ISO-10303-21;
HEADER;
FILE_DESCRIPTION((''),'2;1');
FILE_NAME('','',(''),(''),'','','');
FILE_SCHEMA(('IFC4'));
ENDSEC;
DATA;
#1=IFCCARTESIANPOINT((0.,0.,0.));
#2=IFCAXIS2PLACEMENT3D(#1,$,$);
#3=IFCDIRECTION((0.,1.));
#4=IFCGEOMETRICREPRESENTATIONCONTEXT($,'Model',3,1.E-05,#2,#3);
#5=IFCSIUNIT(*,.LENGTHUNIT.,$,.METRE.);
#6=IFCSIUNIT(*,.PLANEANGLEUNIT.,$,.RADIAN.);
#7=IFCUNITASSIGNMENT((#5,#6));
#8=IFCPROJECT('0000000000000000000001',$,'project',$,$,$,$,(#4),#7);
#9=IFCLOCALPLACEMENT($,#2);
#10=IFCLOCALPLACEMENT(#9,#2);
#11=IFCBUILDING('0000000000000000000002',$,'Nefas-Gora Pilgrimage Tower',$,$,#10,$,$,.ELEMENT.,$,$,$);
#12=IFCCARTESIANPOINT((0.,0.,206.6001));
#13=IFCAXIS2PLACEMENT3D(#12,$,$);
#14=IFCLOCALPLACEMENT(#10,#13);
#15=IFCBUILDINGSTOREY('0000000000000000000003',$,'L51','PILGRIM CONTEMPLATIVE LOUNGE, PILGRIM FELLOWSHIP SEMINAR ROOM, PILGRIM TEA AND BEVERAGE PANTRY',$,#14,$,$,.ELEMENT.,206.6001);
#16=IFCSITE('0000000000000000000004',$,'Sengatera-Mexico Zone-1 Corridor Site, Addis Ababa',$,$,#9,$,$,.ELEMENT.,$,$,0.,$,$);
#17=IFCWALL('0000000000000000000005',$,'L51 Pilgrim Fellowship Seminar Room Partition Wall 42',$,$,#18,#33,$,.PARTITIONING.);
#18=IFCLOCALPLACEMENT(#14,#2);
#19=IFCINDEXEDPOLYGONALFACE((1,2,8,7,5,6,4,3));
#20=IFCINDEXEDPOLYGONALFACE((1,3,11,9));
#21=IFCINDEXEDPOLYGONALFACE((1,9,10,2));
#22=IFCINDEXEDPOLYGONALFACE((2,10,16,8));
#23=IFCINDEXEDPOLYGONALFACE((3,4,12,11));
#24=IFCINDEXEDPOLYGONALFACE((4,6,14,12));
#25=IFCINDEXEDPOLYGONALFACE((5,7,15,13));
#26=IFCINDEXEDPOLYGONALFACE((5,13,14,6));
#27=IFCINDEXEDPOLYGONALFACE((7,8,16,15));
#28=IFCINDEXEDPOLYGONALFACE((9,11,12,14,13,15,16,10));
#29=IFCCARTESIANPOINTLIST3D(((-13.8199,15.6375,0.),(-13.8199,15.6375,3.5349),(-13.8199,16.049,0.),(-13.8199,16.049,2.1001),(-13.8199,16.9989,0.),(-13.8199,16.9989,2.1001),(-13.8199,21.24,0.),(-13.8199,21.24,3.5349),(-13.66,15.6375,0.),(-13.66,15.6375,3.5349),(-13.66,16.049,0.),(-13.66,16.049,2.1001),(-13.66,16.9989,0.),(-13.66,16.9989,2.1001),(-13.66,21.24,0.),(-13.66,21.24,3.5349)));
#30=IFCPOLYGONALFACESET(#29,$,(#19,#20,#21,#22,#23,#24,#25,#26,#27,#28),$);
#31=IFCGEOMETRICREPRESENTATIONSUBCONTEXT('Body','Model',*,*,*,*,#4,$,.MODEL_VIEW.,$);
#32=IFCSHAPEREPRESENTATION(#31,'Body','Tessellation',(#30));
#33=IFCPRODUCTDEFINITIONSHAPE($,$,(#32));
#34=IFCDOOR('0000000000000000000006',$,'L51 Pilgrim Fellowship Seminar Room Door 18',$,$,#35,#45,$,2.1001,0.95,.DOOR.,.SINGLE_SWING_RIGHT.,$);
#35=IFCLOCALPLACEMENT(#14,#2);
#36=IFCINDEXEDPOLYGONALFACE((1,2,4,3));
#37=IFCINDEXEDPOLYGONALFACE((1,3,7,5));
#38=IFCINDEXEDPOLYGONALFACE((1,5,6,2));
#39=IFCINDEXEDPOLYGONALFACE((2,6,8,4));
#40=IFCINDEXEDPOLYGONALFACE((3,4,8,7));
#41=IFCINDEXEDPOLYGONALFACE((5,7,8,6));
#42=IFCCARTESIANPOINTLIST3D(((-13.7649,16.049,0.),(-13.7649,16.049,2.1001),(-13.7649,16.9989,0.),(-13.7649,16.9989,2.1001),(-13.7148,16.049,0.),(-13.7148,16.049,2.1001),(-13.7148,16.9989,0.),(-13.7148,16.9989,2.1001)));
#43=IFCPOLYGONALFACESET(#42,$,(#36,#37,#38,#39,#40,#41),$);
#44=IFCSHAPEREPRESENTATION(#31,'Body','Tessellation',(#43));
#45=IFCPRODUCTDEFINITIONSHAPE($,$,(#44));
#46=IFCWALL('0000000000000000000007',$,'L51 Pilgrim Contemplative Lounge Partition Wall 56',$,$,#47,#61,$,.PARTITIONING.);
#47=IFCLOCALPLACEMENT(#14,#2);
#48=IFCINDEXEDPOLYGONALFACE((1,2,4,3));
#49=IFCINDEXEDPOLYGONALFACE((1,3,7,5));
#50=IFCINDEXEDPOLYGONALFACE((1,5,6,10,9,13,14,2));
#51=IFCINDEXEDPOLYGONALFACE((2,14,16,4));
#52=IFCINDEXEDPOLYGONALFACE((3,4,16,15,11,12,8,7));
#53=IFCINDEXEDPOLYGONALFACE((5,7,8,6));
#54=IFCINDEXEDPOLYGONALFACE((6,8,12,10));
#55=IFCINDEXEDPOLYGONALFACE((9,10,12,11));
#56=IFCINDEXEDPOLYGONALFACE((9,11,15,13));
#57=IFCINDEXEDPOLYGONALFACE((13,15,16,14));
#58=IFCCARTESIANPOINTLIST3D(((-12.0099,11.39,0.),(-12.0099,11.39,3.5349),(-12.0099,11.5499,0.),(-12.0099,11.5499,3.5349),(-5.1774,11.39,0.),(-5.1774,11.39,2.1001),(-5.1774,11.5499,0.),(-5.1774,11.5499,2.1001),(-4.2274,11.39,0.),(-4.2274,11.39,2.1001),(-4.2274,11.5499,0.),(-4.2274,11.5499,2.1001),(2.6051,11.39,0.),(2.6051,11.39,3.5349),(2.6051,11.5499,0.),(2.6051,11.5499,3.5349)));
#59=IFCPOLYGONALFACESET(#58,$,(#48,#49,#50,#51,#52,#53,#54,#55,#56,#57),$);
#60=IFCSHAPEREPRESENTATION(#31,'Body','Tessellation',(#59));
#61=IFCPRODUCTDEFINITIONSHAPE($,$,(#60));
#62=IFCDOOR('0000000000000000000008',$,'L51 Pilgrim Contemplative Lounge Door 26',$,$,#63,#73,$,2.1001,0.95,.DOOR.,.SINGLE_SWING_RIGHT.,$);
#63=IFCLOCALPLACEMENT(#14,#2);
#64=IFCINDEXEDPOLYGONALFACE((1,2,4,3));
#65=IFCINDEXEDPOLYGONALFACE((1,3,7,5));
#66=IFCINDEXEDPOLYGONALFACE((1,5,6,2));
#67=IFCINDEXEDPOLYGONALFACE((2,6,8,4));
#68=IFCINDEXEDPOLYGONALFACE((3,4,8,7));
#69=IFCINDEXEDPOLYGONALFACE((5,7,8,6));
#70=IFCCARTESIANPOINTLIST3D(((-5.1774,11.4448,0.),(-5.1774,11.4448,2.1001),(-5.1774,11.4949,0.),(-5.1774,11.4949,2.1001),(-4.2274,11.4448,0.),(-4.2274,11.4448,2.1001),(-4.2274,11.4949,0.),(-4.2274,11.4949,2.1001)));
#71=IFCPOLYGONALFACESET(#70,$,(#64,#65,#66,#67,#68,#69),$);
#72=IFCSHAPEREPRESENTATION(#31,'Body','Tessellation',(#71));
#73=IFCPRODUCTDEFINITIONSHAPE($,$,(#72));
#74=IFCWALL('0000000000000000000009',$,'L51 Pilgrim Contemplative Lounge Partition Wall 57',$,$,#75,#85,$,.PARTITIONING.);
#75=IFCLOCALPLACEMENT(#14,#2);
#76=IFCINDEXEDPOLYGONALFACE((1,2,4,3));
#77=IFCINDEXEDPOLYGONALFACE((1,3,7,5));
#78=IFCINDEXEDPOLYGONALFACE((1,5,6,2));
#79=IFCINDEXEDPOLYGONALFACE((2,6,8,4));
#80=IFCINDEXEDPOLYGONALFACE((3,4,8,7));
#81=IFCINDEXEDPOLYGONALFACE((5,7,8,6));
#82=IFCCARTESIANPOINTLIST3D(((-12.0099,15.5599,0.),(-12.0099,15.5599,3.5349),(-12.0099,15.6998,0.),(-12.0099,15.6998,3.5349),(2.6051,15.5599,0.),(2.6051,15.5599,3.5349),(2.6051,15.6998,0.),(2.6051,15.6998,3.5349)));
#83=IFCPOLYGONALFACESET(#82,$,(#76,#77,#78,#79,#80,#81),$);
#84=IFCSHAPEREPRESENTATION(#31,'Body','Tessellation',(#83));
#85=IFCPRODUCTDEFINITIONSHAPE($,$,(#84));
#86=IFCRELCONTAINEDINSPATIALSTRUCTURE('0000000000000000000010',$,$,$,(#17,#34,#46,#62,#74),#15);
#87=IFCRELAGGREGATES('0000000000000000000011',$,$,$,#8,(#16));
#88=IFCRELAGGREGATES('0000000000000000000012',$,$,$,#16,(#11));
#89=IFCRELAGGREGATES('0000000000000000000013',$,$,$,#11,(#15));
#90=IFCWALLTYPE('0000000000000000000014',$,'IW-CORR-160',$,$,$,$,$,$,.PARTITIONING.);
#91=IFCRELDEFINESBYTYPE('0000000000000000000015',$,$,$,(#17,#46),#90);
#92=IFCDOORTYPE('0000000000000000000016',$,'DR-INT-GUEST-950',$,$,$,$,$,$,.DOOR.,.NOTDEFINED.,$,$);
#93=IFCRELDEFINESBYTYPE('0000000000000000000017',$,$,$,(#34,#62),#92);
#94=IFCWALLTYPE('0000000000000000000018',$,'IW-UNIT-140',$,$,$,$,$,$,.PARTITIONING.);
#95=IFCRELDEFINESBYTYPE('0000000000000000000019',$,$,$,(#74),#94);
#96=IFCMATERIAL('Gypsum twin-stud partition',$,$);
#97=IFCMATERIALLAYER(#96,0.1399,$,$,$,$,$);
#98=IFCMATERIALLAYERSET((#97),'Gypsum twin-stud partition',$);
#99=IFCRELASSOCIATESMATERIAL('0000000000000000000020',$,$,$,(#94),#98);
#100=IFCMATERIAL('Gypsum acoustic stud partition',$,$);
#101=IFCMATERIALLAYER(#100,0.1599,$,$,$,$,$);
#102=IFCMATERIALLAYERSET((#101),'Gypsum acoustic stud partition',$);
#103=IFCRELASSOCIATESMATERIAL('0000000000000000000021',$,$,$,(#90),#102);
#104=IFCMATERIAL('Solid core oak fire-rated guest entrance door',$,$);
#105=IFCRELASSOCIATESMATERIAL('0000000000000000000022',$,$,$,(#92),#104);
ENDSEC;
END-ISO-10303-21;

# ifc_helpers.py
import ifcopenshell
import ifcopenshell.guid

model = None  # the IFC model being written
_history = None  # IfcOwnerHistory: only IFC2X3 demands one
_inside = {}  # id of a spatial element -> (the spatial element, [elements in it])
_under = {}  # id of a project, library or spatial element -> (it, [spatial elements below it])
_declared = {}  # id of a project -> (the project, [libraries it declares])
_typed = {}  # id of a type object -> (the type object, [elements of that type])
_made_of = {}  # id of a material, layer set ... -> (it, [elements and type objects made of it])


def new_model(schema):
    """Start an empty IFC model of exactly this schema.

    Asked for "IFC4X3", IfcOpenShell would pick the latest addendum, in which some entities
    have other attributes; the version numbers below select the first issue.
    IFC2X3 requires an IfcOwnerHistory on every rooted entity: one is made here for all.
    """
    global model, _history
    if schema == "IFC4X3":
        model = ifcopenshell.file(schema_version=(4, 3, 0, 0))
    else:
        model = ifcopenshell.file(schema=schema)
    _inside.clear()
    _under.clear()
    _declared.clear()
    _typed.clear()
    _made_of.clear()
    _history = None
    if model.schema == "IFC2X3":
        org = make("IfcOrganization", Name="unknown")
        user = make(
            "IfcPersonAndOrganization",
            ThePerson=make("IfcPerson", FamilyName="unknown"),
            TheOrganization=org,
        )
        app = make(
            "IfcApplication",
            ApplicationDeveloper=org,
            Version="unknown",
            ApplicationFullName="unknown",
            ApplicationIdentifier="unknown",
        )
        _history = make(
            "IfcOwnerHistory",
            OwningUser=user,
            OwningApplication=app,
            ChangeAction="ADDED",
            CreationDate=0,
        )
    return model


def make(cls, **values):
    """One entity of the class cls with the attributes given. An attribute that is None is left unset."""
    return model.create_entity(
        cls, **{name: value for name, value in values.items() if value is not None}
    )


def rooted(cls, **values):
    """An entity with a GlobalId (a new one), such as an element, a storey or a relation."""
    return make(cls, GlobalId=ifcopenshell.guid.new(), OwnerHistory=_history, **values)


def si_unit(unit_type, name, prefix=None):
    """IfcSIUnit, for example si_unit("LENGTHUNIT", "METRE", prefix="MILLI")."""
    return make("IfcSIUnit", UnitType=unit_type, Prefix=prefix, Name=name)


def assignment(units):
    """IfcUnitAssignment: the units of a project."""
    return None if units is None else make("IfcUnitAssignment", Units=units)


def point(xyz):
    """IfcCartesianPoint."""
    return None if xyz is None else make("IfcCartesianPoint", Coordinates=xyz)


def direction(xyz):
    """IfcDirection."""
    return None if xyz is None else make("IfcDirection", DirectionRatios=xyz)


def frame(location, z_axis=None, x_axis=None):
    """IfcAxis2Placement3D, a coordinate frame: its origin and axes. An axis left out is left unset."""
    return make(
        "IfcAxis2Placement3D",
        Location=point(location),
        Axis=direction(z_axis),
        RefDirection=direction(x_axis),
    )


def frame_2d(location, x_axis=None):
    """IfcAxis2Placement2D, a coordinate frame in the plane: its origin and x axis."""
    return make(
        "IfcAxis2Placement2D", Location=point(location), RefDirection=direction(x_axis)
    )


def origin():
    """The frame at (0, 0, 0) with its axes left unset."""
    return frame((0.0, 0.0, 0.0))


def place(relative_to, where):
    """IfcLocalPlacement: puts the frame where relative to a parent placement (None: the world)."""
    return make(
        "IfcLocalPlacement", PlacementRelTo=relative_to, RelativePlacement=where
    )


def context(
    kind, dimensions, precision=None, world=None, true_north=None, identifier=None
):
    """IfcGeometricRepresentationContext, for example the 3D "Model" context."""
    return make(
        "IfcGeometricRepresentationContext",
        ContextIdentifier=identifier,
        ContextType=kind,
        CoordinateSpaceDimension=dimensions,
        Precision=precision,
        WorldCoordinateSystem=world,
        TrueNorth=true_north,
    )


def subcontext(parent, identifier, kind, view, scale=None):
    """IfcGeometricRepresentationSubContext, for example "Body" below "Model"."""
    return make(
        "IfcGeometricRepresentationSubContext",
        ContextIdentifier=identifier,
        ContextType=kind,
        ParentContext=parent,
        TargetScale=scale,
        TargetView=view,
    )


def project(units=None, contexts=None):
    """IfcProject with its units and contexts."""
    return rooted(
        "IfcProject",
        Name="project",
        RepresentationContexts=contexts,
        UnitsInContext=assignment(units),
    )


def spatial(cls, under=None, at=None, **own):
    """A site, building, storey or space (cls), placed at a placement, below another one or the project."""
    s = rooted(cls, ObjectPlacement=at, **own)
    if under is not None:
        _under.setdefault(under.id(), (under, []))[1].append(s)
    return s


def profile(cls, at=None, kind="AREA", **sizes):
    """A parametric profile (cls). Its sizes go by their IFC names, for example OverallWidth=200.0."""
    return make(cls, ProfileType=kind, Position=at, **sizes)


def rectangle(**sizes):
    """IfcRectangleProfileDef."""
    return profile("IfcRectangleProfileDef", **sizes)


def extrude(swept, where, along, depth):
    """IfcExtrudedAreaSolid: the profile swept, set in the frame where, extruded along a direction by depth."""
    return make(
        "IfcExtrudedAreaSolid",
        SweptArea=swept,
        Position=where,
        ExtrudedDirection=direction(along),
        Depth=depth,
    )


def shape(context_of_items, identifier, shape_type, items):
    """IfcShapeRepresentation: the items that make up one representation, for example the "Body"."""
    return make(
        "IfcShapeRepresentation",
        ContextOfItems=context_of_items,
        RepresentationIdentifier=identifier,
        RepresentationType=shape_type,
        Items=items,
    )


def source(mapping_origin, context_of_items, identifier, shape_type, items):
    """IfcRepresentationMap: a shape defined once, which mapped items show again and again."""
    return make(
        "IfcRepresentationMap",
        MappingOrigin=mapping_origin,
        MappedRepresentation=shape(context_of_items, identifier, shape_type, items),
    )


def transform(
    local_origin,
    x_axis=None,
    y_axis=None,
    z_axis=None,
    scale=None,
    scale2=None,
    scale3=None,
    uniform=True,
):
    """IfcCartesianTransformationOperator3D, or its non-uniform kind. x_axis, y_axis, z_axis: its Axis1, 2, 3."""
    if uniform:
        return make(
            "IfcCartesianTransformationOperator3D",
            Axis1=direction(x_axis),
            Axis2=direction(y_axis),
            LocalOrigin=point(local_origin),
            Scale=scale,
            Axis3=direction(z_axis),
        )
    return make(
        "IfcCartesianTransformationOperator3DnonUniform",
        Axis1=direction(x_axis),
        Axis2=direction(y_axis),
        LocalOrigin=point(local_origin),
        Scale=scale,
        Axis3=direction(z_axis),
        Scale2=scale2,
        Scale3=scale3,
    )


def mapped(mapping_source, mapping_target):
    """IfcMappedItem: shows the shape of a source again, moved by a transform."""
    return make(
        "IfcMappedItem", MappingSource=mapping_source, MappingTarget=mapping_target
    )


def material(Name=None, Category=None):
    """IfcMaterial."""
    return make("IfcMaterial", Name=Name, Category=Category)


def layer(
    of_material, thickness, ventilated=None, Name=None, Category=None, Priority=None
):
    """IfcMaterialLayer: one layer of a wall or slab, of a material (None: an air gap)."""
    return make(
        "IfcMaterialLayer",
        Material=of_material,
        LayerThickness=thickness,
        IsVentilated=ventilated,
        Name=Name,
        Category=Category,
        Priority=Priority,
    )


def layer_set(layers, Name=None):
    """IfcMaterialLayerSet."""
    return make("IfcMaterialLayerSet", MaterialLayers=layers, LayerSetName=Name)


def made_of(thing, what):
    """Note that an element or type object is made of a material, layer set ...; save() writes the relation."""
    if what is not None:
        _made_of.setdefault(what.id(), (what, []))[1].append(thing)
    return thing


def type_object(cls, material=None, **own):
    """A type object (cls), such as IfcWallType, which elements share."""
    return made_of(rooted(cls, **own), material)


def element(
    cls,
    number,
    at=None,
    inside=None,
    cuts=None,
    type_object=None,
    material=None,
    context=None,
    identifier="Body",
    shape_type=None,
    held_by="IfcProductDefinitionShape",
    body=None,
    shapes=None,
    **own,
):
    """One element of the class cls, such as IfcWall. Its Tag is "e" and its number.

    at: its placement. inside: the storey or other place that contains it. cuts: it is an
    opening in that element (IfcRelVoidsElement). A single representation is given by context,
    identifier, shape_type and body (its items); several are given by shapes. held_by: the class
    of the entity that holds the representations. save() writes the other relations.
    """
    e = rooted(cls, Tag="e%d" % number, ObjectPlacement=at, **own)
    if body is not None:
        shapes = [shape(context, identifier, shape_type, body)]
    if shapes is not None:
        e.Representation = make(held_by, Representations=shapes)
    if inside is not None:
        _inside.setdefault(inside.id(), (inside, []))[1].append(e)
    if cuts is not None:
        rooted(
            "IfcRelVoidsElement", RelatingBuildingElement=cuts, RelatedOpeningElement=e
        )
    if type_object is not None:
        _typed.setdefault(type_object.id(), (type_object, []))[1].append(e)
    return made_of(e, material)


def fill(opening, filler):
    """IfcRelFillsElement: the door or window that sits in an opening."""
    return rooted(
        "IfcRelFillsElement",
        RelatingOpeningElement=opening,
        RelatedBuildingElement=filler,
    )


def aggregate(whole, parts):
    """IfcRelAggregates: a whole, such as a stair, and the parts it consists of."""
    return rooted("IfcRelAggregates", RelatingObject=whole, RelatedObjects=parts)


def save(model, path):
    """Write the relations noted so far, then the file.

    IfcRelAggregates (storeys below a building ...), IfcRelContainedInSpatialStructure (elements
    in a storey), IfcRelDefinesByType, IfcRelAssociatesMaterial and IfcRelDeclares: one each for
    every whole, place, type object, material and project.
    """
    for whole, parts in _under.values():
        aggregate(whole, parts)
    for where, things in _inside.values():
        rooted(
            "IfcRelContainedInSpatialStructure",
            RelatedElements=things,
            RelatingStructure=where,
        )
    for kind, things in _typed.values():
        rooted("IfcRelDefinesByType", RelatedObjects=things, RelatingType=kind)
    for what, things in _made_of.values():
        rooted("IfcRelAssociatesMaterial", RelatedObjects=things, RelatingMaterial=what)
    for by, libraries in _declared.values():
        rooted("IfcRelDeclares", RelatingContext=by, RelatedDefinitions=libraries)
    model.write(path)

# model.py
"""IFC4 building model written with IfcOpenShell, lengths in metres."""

from ifc_helpers import new_model, si_unit, direction, frame, frame_2d, origin, place, context, subcontext, project, spatial, rectangle, extrude, source, transform, mapped, material, layer, layer_set, type_object, element, fill, save


model = new_model("IFC4")

# Units and contexts
model_context = context("Model", 3, precision=1e-05, world=origin(), true_north=direction((0.0, 1.0)))
body_context = subcontext(model_context, "Body", "Model", "MODEL_VIEW")
ifc_project = project(units=[si_unit("LENGTHUNIT", "METRE"), si_unit("PLANEANGLEUNIT", "RADIAN")], contexts=[model_context])

# Site, building, storey
site_placement = place(None, origin())
site = spatial("IfcSite", under=ifc_project, at=site_placement, Name="Sengatera-Mexico Zone-1 Corridor Site, Addis Ababa", CompositionType="ELEMENT", RefElevation=0.0)
building_placement = place(site_placement, origin())
building = spatial("IfcBuilding", under=site, at=building_placement, Name="Nefas-Gora Pilgrimage Tower", CompositionType="ELEMENT")
storey_placement = place(building_placement, frame((0.0, 0.0, 206.6001)))
storey = spatial("IfcBuildingStorey", under=building, at=storey_placement, Name="L51", Description="PILGRIM CONTEMPLATIVE LOUNGE, PILGRIM FELLOWSHIP SEMINAR ROOM, PILGRIM TEA AND BEVERAGE PANTRY", CompositionType="ELEMENT", Elevation=206.6001)

# Shared definitions
ifc_material_1 = material(Name="Gypsum twin-stud partition")
ifc_layer_1 = layer(ifc_material_1, 0.1399)
ifc_layer_set_1 = layer_set([ifc_layer_1], Name="Gypsum twin-stud partition")
wall_type_1 = type_object("IfcWallType", Name="IW-UNIT-140", PredefinedType="PARTITIONING", material=ifc_layer_set_1)

# Walls, openings, doors
ifc_material_2 = material(Name="Gypsum acoustic stud partition")
ifc_layer_2 = layer(ifc_material_2, 0.1599)
ifc_layer_set_2 = layer_set([ifc_layer_2], Name="Gypsum acoustic stud partition")
wall_type_2 = type_object("IfcWallType", Name="IW-CORR-160", PredefinedType="PARTITIONING", material=ifc_layer_set_2)
ifc_material_3 = material(Name="Solid core oak fire-rated guest entrance door")
door_type_1 = type_object("IfcDoorType", Name="DR-INT-GUEST-950", OperationType="NOTDEFINED", PredefinedType="DOOR", material=ifc_material_3)
shared_shape_1 = source(origin(), body_context, "Body", "SweptSolid", [
    extrude(rectangle(XDim=0.95, YDim=2.1001, at=frame_2d((0.4751, 1.05))), frame((0.0, 0.0249, 0.0), z_axis=(0.0, -1.0, 0.0), x_axis=(1.0, 0.0, 0.0)), (0.0, 0.0, 1.0), 0.05),
])
shared_shape_2 = source(origin(), body_context, "Body", "SweptSolid", [
    extrude(rectangle(XDim=5.6025, YDim=0.1599, at=frame_2d((2.8013, 0.0))), origin(), (0.0, 0.0, 1.0), 3.5349),
])
wall_1_placement = place(storey_placement, frame((-13.74, 15.6375, 0.0), z_axis=(0.0, 0.0, 1.0), x_axis=(0.0, 1.0, 0.0)))
wall_1 = element("IfcWall", 1, at=wall_1_placement, inside=storey, type_object=wall_type_2, Name="L51 Pilgrim Fellowship Seminar Room Partition Wall 42", PredefinedType="PARTITIONING", context=body_context, shape_type="MappedRepresentation", body=[
    mapped(shared_shape_2, transform((0.0, 0.0, 0.0), x_axis=(1.0, 0.0, 0.0), y_axis=(0.0, 1.0, 0.0), z_axis=(0.0, 0.0, 1.0), scale=1.0)),
])
opening_1_placement = place(wall_1_placement, frame((0.4114, 0.0, 0.0)))
opening_1 = element("IfcOpeningElement", 2, at=opening_1_placement, cuts=wall_1, PredefinedType="OPENING", context=body_context, shape_type="SweptSolid", body=[
    extrude(rectangle(XDim=0.95, YDim=2.1001, at=frame_2d((0.4751, 1.05))), frame((0.0, 0.0898, 0.0), z_axis=(0.0, -1.0, 0.0), x_axis=(1.0, 0.0, 0.0)), (0.0, 0.0, 1.0), 0.1799),
])
door_1_placement = place(opening_1_placement, origin())
door_1 = element("IfcDoor", 3, at=door_1_placement, inside=storey, type_object=door_type_1, Name="L51 Pilgrim Fellowship Seminar Room Door 18", OperationType="SINGLE_SWING_RIGHT", OverallHeight=2.1001, OverallWidth=0.95, PredefinedType="DOOR", context=body_context, shape_type="MappedRepresentation", body=[
    mapped(shared_shape_1, transform((0.0, 0.0, 0.0), x_axis=(1.0, 0.0, 0.0), y_axis=(0.0, 1.0, 0.0), z_axis=(0.0, 0.0, 1.0), scale=1.0)),
])
fill(opening_1, door_1)
shared_shape_3 = source(origin(), body_context, "Body", "SweptSolid", [
    extrude(rectangle(XDim=14.615, YDim=0.1599, at=frame_2d((7.3076, 0.0))), origin(), (0.0, 0.0, 1.0), 3.5349),
])
wall_2_placement = place(storey_placement, frame((-12.01, 11.47, 0.0), z_axis=(0.0, 0.0, 1.0), x_axis=(1.0, 0.0, 0.0)))
wall_2 = element("IfcWall", 4, at=wall_2_placement, inside=storey, type_object=wall_type_2, Name="L51 Pilgrim Contemplative Lounge Partition Wall 56", PredefinedType="PARTITIONING", context=body_context, shape_type="MappedRepresentation", body=[
    mapped(shared_shape_3, transform((0.0, 0.0, 0.0), x_axis=(1.0, 0.0, 0.0), y_axis=(0.0, 1.0, 0.0), z_axis=(0.0, 0.0, 1.0), scale=1.0)),
])
opening_2_placement = place(wall_2_placement, frame((6.8325, 0.0, 0.0)))
opening_2 = element("IfcOpeningElement", 5, at=opening_2_placement, cuts=wall_2, PredefinedType="OPENING", context=body_context, shape_type="SweptSolid", body=[
    extrude(rectangle(XDim=0.95, YDim=2.1001, at=frame_2d((0.4751, 1.05))), frame((0.0, 0.0898, 0.0), z_axis=(0.0, -1.0, 0.0), x_axis=(1.0, 0.0, 0.0)), (0.0, 0.0, 1.0), 0.1799),
])
door_2_placement = place(opening_2_placement, origin())
door_2 = element("IfcDoor", 6, at=door_2_placement, inside=storey, type_object=door_type_1, Name="L51 Pilgrim Contemplative Lounge Door 26", OperationType="SINGLE_SWING_RIGHT", OverallHeight=2.1001, OverallWidth=0.95, PredefinedType="DOOR", context=body_context, shape_type="MappedRepresentation", body=[
    mapped(shared_shape_1, transform((0.0, 0.0, 0.0), x_axis=(1.0, 0.0, 0.0), y_axis=(0.0, 1.0, 0.0), z_axis=(0.0, 0.0, 1.0), scale=1.0)),
])
fill(opening_2, door_2)

# Wall
shared_shape_4 = source(origin(), body_context, "Body", "SweptSolid", [
    extrude(rectangle(XDim=14.615, YDim=0.1399, at=frame_2d((7.3076, 0.0))), origin(), (0.0, 0.0, 1.0), 3.5349),
])
wall_3_placement = place(storey_placement, frame((-12.01, 15.6299, 0.0), z_axis=(0.0, 0.0, 1.0), x_axis=(1.0, 0.0, 0.0)))
element("IfcWall", 7, at=wall_3_placement, inside=storey, type_object=wall_type_1, Name="L51 Pilgrim Contemplative Lounge Partition Wall 57", PredefinedType="PARTITIONING", context=body_context, shape_type="MappedRepresentation", body=[
    mapped(shared_shape_4, transform((0.0, 0.0, 0.0), x_axis=(1.0, 0.0, 0.0), y_axis=(0.0, 1.0, 0.0), z_axis=(0.0, 0.0, 1.0), scale=1.0)),
])

save(model, "model.ifc")
